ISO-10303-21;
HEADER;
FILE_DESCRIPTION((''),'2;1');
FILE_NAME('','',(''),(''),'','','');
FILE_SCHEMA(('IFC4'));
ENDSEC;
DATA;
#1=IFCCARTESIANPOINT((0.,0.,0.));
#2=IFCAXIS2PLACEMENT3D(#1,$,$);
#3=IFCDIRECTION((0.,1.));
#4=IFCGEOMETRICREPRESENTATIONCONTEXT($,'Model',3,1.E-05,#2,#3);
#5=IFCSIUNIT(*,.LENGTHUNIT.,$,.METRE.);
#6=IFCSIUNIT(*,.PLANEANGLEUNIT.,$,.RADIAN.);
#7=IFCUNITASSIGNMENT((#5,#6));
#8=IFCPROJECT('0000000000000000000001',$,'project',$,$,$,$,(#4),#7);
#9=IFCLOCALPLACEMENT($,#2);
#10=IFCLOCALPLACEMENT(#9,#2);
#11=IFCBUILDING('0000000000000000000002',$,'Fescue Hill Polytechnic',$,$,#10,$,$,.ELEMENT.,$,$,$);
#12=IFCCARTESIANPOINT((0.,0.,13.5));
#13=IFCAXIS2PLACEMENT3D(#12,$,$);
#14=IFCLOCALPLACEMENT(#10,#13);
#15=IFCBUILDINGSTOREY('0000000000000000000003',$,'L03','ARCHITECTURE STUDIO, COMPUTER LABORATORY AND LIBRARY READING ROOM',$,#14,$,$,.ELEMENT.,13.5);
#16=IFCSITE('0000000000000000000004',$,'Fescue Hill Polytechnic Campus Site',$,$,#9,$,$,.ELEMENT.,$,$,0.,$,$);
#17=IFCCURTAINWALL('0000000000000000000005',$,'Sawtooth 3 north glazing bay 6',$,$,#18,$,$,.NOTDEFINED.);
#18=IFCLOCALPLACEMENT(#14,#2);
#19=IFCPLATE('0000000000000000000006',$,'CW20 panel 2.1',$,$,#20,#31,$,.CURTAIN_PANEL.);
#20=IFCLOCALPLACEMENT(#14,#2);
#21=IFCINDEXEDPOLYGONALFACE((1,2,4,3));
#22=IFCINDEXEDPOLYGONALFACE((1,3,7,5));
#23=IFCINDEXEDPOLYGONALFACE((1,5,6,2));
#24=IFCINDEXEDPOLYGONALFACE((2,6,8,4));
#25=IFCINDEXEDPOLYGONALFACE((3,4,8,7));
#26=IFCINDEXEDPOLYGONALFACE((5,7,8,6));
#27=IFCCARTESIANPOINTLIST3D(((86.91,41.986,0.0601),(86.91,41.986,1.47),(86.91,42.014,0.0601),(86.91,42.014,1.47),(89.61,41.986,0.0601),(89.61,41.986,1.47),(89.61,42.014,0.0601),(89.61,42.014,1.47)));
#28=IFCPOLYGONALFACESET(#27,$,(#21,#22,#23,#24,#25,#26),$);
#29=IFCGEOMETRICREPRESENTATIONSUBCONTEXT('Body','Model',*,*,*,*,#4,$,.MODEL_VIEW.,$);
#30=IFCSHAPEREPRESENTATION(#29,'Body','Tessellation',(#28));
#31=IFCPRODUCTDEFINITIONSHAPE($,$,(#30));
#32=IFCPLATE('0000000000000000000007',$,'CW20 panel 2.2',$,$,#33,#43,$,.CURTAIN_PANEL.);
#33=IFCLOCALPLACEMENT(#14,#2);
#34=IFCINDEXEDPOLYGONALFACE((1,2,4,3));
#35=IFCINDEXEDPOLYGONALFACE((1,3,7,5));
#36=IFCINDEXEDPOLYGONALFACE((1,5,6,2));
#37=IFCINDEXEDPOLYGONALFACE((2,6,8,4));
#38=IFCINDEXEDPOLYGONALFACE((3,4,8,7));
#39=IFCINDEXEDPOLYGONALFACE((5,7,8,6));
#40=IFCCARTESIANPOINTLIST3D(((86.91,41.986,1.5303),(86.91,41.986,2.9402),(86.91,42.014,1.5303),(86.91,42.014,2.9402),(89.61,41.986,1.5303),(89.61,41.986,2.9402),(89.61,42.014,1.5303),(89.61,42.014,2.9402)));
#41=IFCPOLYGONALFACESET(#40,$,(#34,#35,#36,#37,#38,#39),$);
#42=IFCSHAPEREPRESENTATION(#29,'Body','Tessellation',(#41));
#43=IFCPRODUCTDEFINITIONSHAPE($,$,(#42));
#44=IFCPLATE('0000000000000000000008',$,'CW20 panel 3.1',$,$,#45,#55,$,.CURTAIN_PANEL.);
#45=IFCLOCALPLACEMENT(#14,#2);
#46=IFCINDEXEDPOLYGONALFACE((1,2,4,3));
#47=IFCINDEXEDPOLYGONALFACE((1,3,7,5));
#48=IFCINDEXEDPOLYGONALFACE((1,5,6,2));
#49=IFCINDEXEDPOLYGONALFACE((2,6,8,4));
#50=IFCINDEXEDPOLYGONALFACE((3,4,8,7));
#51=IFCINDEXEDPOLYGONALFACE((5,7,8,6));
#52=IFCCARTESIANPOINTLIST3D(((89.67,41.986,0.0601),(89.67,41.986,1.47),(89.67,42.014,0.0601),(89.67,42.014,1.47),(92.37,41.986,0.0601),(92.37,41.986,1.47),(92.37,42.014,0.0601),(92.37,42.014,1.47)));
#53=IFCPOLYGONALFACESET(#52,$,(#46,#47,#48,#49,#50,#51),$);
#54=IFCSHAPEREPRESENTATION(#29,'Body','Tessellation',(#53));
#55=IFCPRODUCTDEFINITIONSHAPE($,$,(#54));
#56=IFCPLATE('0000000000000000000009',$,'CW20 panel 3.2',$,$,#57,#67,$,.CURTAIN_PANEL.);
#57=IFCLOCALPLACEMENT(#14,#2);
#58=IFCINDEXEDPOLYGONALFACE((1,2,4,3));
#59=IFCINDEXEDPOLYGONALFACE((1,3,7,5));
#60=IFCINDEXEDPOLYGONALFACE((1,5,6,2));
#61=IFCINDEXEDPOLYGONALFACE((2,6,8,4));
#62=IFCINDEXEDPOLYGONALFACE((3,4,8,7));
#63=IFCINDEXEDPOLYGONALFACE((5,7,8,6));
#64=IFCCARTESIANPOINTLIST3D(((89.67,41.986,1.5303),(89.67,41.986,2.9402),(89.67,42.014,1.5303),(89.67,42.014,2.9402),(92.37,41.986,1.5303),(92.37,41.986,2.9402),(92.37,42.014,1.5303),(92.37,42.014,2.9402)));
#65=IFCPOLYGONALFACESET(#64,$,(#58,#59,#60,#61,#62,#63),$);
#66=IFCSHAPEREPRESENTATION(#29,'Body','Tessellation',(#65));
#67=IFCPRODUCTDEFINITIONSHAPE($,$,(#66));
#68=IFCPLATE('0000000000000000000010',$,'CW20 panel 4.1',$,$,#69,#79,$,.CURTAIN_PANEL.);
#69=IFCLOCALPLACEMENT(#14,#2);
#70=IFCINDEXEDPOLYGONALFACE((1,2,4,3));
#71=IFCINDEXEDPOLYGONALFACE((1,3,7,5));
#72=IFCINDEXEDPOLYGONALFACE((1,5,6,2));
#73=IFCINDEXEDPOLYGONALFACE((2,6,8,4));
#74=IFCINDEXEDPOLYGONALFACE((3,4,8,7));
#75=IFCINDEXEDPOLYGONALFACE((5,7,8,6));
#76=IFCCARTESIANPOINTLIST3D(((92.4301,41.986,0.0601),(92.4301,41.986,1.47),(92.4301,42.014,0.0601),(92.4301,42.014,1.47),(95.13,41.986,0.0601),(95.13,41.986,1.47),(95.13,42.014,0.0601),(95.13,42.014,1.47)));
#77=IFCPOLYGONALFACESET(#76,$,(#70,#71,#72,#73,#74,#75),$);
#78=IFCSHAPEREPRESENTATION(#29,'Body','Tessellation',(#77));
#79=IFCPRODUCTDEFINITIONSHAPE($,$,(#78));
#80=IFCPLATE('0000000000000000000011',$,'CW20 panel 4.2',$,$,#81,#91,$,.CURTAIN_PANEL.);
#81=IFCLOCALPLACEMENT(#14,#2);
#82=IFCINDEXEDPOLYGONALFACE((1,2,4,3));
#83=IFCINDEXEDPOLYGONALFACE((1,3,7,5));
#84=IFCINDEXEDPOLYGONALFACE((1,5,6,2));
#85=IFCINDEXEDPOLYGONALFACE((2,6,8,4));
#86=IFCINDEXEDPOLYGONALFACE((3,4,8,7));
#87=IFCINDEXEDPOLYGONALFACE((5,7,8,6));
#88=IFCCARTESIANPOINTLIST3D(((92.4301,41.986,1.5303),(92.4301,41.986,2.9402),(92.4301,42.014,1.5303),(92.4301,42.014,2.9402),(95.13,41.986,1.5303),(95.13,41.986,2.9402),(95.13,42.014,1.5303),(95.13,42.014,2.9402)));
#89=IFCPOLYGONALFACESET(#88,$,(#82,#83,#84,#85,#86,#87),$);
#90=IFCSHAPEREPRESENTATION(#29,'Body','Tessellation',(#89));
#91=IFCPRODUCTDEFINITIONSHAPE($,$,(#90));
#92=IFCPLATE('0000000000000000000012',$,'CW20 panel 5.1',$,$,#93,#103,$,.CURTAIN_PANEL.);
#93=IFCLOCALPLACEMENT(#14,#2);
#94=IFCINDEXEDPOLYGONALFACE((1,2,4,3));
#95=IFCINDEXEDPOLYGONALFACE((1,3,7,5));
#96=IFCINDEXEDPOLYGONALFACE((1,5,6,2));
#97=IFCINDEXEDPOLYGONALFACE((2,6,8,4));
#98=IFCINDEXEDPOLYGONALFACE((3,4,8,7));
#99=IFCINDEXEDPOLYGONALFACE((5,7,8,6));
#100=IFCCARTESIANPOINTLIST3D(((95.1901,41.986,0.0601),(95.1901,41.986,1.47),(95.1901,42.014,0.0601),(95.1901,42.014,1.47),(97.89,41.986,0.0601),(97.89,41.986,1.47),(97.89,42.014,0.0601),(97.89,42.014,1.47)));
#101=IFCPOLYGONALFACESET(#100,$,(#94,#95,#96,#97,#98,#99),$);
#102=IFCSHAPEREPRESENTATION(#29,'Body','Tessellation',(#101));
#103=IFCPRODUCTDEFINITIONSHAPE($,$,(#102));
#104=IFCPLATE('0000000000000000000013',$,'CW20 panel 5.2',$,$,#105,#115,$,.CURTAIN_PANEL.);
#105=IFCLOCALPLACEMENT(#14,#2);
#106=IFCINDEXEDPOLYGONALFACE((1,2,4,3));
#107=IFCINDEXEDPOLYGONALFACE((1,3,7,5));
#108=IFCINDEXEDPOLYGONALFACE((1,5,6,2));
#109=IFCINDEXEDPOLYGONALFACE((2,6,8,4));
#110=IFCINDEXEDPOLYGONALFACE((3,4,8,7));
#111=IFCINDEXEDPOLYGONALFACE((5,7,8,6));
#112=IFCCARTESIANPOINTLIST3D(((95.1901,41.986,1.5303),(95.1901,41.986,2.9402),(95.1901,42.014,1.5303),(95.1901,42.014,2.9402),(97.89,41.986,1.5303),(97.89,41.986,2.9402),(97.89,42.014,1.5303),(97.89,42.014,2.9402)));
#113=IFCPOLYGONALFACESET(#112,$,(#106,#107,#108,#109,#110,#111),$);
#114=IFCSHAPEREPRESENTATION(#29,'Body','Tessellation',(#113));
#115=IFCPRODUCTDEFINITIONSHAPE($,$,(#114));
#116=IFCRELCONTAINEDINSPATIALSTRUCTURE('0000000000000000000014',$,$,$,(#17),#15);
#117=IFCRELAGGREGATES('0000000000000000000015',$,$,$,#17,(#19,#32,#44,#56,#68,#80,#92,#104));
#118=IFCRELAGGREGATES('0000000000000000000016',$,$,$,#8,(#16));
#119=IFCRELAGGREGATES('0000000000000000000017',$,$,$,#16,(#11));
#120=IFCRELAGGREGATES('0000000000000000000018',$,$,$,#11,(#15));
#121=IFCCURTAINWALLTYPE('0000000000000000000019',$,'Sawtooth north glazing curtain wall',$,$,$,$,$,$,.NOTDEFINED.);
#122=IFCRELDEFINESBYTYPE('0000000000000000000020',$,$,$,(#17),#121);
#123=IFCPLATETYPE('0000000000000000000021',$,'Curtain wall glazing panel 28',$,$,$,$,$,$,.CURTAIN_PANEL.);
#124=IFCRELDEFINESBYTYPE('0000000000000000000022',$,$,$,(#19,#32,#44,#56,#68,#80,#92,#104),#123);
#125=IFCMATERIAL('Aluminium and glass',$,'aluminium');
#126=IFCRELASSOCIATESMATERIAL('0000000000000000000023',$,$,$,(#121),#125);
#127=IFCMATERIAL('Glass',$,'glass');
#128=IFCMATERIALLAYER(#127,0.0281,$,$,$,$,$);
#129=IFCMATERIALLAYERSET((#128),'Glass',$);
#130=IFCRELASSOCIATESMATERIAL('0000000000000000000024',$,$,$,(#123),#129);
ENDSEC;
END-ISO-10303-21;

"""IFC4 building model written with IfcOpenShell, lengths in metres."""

from ifc_helpers import new_model, si_unit, direction, frame, origin, origin_2d, place, context, subcontext, project, spatial, rectangle, extrude, material, layer, layer_set, type_object, element, aggregate, save


model = new_model("IFC4")

# Units and contexts
model_context = context("Model", 3, precision=1e-05, world=origin(), true_north=direction((0.0, 1.0)))
body_context = subcontext(model_context, "Body", "Model", "MODEL_VIEW")
ifc_project = project(units=[si_unit("LENGTHUNIT", "METRE"), si_unit("PLANEANGLEUNIT", "RADIAN")], contexts=[model_context])

# Site, building, storey
site_placement = place(None, origin())
site = spatial("IfcSite", under=ifc_project, at=site_placement, Name="Fescue Hill Polytechnic Campus Site", CompositionType="ELEMENT", RefElevation=0.0)
building_placement = place(site_placement, origin())
building = spatial("IfcBuilding", under=site, at=building_placement, Name="Fescue Hill Polytechnic", CompositionType="ELEMENT")
storey_placement = place(building_placement, frame((0.0, 0.0, 13.5)))
storey = spatial("IfcBuildingStorey", under=building, at=storey_placement, Name="L03", Description="ARCHITECTURE STUDIO, COMPUTER LABORATORY AND LIBRARY READING ROOM", CompositionType="ELEMENT", Elevation=13.5)

# Curtain wall, plates
ifc_material_1 = material(Name="Aluminium and glass", Category="aluminium")
curtain_wall_type = type_object("IfcCurtainWallType", Name="Sawtooth north glazing curtain wall", PredefinedType="NOTDEFINED", material=ifc_material_1)
curtain_wall_placement = place(storey_placement, origin())
curtain_wall = element("IfcCurtainWall", 1, at=curtain_wall_placement, inside=storey, type_object=curtain_wall_type, Name="Sawtooth 3 north glazing bay 6", PredefinedType="NOTDEFINED")
ifc_material_2 = material(Name="Glass", Category="glass")
ifc_layer = layer(ifc_material_2, 0.0281)
ifc_layer_set = layer_set([ifc_layer], Name="Glass")
plate_type = type_object("IfcPlateType", Name="Curtain wall glazing panel 28", PredefinedType="CURTAIN_PANEL", material=ifc_layer_set)
plate_1_placement = place(storey_placement, frame((88.26, 42.0, 0.0601), z_axis=(0.0, 0.0, 1.0), x_axis=(1.0, 0.0, 0.0)))
plate_1 = element("IfcPlate", 2, at=plate_1_placement, type_object=plate_type, Name="CW20 panel 2.1", PredefinedType="CURTAIN_PANEL", context=body_context, shape_type="SweptSolid", body=[
    extrude(rectangle(XDim=2.7, YDim=0.0281, at=origin_2d()), origin(), (0.0, 0.0, 1.0), 1.4099),
])
plate_2_placement = place(storey_placement, frame((88.26, 42.0, 1.5303), z_axis=(0.0, 0.0, 1.0), x_axis=(1.0, 0.0, 0.0)))
plate_2 = element("IfcPlate", 3, at=plate_2_placement, type_object=plate_type, Name="CW20 panel 2.2", PredefinedType="CURTAIN_PANEL", context=body_context, shape_type="SweptSolid", body=[
    extrude(rectangle(XDim=2.7, YDim=0.0281, at=origin_2d()), origin(), (0.0, 0.0, 1.0), 1.4099),
])
plate_3_placement = place(storey_placement, frame((91.02, 42.0, 0.0601), z_axis=(0.0, 0.0, 1.0), x_axis=(1.0, 0.0, 0.0)))
plate_3 = element("IfcPlate", 4, at=plate_3_placement, type_object=plate_type, Name="CW20 panel 3.1", PredefinedType="CURTAIN_PANEL", context=body_context, shape_type="SweptSolid", body=[
    extrude(rectangle(XDim=2.7, YDim=0.0281, at=origin_2d()), origin(), (0.0, 0.0, 1.0), 1.4099),
])
plate_4_placement = place(storey_placement, frame((91.02, 42.0, 1.5303), z_axis=(0.0, 0.0, 1.0), x_axis=(1.0, 0.0, 0.0)))
plate_4 = element("IfcPlate", 5, at=plate_4_placement, type_object=plate_type, Name="CW20 panel 3.2", PredefinedType="CURTAIN_PANEL", context=body_context, shape_type="SweptSolid", body=[
    extrude(rectangle(XDim=2.7, YDim=0.0281, at=origin_2d()), origin(), (0.0, 0.0, 1.0), 1.4099),
])
plate_5_placement = place(storey_placement, frame((93.78, 42.0, 0.0601), z_axis=(0.0, 0.0, 1.0), x_axis=(1.0, 0.0, 0.0)))
plate_5 = element("IfcPlate", 6, at=plate_5_placement, type_object=plate_type, Name="CW20 panel 4.1", PredefinedType="CURTAIN_PANEL", context=body_context, shape_type="SweptSolid", body=[
    extrude(rectangle(XDim=2.7, YDim=0.0281, at=origin_2d()), origin(), (0.0, 0.0, 1.0), 1.4099),
])
plate_6_placement = place(storey_placement, frame((93.78, 42.0, 1.5303), z_axis=(0.0, 0.0, 1.0), x_axis=(1.0, 0.0, 0.0)))
plate_6 = element("IfcPlate", 7, at=plate_6_placement, type_object=plate_type, Name="CW20 panel 4.2", PredefinedType="CURTAIN_PANEL", context=body_context, shape_type="SweptSolid", body=[
    extrude(rectangle(XDim=2.7, YDim=0.0281, at=origin_2d()), origin(), (0.0, 0.0, 1.0), 1.4099),
])
plate_7_placement = place(storey_placement, frame((96.54, 42.0, 0.0601), z_axis=(0.0, 0.0, 1.0), x_axis=(1.0, 0.0, 0.0)))
plate_7 = element("IfcPlate", 8, at=plate_7_placement, type_object=plate_type, Name="CW20 panel 5.1", PredefinedType="CURTAIN_PANEL", context=body_context, shape_type="SweptSolid", body=[
    extrude(rectangle(XDim=2.7, YDim=0.0281, at=origin_2d()), origin(), (0.0, 0.0, 1.0), 1.4099),
])
plate_8_placement = place(storey_placement, frame((96.54, 42.0, 1.5303), z_axis=(0.0, 0.0, 1.0), x_axis=(1.0, 0.0, 0.0)))
plate_8 = element("IfcPlate", 9, at=plate_8_placement, type_object=plate_type, Name="CW20 panel 5.2", PredefinedType="CURTAIN_PANEL", context=body_context, shape_type="SweptSolid", body=[
    extrude(rectangle(XDim=2.7, YDim=0.0281, at=origin_2d()), origin(), (0.0, 0.0, 1.0), 1.4099),
])
aggregate(curtain_wall, [plate_1, plate_2, plate_3, plate_4, plate_5, plate_6, plate_7, plate_8])

save(model, "model.ifc")
